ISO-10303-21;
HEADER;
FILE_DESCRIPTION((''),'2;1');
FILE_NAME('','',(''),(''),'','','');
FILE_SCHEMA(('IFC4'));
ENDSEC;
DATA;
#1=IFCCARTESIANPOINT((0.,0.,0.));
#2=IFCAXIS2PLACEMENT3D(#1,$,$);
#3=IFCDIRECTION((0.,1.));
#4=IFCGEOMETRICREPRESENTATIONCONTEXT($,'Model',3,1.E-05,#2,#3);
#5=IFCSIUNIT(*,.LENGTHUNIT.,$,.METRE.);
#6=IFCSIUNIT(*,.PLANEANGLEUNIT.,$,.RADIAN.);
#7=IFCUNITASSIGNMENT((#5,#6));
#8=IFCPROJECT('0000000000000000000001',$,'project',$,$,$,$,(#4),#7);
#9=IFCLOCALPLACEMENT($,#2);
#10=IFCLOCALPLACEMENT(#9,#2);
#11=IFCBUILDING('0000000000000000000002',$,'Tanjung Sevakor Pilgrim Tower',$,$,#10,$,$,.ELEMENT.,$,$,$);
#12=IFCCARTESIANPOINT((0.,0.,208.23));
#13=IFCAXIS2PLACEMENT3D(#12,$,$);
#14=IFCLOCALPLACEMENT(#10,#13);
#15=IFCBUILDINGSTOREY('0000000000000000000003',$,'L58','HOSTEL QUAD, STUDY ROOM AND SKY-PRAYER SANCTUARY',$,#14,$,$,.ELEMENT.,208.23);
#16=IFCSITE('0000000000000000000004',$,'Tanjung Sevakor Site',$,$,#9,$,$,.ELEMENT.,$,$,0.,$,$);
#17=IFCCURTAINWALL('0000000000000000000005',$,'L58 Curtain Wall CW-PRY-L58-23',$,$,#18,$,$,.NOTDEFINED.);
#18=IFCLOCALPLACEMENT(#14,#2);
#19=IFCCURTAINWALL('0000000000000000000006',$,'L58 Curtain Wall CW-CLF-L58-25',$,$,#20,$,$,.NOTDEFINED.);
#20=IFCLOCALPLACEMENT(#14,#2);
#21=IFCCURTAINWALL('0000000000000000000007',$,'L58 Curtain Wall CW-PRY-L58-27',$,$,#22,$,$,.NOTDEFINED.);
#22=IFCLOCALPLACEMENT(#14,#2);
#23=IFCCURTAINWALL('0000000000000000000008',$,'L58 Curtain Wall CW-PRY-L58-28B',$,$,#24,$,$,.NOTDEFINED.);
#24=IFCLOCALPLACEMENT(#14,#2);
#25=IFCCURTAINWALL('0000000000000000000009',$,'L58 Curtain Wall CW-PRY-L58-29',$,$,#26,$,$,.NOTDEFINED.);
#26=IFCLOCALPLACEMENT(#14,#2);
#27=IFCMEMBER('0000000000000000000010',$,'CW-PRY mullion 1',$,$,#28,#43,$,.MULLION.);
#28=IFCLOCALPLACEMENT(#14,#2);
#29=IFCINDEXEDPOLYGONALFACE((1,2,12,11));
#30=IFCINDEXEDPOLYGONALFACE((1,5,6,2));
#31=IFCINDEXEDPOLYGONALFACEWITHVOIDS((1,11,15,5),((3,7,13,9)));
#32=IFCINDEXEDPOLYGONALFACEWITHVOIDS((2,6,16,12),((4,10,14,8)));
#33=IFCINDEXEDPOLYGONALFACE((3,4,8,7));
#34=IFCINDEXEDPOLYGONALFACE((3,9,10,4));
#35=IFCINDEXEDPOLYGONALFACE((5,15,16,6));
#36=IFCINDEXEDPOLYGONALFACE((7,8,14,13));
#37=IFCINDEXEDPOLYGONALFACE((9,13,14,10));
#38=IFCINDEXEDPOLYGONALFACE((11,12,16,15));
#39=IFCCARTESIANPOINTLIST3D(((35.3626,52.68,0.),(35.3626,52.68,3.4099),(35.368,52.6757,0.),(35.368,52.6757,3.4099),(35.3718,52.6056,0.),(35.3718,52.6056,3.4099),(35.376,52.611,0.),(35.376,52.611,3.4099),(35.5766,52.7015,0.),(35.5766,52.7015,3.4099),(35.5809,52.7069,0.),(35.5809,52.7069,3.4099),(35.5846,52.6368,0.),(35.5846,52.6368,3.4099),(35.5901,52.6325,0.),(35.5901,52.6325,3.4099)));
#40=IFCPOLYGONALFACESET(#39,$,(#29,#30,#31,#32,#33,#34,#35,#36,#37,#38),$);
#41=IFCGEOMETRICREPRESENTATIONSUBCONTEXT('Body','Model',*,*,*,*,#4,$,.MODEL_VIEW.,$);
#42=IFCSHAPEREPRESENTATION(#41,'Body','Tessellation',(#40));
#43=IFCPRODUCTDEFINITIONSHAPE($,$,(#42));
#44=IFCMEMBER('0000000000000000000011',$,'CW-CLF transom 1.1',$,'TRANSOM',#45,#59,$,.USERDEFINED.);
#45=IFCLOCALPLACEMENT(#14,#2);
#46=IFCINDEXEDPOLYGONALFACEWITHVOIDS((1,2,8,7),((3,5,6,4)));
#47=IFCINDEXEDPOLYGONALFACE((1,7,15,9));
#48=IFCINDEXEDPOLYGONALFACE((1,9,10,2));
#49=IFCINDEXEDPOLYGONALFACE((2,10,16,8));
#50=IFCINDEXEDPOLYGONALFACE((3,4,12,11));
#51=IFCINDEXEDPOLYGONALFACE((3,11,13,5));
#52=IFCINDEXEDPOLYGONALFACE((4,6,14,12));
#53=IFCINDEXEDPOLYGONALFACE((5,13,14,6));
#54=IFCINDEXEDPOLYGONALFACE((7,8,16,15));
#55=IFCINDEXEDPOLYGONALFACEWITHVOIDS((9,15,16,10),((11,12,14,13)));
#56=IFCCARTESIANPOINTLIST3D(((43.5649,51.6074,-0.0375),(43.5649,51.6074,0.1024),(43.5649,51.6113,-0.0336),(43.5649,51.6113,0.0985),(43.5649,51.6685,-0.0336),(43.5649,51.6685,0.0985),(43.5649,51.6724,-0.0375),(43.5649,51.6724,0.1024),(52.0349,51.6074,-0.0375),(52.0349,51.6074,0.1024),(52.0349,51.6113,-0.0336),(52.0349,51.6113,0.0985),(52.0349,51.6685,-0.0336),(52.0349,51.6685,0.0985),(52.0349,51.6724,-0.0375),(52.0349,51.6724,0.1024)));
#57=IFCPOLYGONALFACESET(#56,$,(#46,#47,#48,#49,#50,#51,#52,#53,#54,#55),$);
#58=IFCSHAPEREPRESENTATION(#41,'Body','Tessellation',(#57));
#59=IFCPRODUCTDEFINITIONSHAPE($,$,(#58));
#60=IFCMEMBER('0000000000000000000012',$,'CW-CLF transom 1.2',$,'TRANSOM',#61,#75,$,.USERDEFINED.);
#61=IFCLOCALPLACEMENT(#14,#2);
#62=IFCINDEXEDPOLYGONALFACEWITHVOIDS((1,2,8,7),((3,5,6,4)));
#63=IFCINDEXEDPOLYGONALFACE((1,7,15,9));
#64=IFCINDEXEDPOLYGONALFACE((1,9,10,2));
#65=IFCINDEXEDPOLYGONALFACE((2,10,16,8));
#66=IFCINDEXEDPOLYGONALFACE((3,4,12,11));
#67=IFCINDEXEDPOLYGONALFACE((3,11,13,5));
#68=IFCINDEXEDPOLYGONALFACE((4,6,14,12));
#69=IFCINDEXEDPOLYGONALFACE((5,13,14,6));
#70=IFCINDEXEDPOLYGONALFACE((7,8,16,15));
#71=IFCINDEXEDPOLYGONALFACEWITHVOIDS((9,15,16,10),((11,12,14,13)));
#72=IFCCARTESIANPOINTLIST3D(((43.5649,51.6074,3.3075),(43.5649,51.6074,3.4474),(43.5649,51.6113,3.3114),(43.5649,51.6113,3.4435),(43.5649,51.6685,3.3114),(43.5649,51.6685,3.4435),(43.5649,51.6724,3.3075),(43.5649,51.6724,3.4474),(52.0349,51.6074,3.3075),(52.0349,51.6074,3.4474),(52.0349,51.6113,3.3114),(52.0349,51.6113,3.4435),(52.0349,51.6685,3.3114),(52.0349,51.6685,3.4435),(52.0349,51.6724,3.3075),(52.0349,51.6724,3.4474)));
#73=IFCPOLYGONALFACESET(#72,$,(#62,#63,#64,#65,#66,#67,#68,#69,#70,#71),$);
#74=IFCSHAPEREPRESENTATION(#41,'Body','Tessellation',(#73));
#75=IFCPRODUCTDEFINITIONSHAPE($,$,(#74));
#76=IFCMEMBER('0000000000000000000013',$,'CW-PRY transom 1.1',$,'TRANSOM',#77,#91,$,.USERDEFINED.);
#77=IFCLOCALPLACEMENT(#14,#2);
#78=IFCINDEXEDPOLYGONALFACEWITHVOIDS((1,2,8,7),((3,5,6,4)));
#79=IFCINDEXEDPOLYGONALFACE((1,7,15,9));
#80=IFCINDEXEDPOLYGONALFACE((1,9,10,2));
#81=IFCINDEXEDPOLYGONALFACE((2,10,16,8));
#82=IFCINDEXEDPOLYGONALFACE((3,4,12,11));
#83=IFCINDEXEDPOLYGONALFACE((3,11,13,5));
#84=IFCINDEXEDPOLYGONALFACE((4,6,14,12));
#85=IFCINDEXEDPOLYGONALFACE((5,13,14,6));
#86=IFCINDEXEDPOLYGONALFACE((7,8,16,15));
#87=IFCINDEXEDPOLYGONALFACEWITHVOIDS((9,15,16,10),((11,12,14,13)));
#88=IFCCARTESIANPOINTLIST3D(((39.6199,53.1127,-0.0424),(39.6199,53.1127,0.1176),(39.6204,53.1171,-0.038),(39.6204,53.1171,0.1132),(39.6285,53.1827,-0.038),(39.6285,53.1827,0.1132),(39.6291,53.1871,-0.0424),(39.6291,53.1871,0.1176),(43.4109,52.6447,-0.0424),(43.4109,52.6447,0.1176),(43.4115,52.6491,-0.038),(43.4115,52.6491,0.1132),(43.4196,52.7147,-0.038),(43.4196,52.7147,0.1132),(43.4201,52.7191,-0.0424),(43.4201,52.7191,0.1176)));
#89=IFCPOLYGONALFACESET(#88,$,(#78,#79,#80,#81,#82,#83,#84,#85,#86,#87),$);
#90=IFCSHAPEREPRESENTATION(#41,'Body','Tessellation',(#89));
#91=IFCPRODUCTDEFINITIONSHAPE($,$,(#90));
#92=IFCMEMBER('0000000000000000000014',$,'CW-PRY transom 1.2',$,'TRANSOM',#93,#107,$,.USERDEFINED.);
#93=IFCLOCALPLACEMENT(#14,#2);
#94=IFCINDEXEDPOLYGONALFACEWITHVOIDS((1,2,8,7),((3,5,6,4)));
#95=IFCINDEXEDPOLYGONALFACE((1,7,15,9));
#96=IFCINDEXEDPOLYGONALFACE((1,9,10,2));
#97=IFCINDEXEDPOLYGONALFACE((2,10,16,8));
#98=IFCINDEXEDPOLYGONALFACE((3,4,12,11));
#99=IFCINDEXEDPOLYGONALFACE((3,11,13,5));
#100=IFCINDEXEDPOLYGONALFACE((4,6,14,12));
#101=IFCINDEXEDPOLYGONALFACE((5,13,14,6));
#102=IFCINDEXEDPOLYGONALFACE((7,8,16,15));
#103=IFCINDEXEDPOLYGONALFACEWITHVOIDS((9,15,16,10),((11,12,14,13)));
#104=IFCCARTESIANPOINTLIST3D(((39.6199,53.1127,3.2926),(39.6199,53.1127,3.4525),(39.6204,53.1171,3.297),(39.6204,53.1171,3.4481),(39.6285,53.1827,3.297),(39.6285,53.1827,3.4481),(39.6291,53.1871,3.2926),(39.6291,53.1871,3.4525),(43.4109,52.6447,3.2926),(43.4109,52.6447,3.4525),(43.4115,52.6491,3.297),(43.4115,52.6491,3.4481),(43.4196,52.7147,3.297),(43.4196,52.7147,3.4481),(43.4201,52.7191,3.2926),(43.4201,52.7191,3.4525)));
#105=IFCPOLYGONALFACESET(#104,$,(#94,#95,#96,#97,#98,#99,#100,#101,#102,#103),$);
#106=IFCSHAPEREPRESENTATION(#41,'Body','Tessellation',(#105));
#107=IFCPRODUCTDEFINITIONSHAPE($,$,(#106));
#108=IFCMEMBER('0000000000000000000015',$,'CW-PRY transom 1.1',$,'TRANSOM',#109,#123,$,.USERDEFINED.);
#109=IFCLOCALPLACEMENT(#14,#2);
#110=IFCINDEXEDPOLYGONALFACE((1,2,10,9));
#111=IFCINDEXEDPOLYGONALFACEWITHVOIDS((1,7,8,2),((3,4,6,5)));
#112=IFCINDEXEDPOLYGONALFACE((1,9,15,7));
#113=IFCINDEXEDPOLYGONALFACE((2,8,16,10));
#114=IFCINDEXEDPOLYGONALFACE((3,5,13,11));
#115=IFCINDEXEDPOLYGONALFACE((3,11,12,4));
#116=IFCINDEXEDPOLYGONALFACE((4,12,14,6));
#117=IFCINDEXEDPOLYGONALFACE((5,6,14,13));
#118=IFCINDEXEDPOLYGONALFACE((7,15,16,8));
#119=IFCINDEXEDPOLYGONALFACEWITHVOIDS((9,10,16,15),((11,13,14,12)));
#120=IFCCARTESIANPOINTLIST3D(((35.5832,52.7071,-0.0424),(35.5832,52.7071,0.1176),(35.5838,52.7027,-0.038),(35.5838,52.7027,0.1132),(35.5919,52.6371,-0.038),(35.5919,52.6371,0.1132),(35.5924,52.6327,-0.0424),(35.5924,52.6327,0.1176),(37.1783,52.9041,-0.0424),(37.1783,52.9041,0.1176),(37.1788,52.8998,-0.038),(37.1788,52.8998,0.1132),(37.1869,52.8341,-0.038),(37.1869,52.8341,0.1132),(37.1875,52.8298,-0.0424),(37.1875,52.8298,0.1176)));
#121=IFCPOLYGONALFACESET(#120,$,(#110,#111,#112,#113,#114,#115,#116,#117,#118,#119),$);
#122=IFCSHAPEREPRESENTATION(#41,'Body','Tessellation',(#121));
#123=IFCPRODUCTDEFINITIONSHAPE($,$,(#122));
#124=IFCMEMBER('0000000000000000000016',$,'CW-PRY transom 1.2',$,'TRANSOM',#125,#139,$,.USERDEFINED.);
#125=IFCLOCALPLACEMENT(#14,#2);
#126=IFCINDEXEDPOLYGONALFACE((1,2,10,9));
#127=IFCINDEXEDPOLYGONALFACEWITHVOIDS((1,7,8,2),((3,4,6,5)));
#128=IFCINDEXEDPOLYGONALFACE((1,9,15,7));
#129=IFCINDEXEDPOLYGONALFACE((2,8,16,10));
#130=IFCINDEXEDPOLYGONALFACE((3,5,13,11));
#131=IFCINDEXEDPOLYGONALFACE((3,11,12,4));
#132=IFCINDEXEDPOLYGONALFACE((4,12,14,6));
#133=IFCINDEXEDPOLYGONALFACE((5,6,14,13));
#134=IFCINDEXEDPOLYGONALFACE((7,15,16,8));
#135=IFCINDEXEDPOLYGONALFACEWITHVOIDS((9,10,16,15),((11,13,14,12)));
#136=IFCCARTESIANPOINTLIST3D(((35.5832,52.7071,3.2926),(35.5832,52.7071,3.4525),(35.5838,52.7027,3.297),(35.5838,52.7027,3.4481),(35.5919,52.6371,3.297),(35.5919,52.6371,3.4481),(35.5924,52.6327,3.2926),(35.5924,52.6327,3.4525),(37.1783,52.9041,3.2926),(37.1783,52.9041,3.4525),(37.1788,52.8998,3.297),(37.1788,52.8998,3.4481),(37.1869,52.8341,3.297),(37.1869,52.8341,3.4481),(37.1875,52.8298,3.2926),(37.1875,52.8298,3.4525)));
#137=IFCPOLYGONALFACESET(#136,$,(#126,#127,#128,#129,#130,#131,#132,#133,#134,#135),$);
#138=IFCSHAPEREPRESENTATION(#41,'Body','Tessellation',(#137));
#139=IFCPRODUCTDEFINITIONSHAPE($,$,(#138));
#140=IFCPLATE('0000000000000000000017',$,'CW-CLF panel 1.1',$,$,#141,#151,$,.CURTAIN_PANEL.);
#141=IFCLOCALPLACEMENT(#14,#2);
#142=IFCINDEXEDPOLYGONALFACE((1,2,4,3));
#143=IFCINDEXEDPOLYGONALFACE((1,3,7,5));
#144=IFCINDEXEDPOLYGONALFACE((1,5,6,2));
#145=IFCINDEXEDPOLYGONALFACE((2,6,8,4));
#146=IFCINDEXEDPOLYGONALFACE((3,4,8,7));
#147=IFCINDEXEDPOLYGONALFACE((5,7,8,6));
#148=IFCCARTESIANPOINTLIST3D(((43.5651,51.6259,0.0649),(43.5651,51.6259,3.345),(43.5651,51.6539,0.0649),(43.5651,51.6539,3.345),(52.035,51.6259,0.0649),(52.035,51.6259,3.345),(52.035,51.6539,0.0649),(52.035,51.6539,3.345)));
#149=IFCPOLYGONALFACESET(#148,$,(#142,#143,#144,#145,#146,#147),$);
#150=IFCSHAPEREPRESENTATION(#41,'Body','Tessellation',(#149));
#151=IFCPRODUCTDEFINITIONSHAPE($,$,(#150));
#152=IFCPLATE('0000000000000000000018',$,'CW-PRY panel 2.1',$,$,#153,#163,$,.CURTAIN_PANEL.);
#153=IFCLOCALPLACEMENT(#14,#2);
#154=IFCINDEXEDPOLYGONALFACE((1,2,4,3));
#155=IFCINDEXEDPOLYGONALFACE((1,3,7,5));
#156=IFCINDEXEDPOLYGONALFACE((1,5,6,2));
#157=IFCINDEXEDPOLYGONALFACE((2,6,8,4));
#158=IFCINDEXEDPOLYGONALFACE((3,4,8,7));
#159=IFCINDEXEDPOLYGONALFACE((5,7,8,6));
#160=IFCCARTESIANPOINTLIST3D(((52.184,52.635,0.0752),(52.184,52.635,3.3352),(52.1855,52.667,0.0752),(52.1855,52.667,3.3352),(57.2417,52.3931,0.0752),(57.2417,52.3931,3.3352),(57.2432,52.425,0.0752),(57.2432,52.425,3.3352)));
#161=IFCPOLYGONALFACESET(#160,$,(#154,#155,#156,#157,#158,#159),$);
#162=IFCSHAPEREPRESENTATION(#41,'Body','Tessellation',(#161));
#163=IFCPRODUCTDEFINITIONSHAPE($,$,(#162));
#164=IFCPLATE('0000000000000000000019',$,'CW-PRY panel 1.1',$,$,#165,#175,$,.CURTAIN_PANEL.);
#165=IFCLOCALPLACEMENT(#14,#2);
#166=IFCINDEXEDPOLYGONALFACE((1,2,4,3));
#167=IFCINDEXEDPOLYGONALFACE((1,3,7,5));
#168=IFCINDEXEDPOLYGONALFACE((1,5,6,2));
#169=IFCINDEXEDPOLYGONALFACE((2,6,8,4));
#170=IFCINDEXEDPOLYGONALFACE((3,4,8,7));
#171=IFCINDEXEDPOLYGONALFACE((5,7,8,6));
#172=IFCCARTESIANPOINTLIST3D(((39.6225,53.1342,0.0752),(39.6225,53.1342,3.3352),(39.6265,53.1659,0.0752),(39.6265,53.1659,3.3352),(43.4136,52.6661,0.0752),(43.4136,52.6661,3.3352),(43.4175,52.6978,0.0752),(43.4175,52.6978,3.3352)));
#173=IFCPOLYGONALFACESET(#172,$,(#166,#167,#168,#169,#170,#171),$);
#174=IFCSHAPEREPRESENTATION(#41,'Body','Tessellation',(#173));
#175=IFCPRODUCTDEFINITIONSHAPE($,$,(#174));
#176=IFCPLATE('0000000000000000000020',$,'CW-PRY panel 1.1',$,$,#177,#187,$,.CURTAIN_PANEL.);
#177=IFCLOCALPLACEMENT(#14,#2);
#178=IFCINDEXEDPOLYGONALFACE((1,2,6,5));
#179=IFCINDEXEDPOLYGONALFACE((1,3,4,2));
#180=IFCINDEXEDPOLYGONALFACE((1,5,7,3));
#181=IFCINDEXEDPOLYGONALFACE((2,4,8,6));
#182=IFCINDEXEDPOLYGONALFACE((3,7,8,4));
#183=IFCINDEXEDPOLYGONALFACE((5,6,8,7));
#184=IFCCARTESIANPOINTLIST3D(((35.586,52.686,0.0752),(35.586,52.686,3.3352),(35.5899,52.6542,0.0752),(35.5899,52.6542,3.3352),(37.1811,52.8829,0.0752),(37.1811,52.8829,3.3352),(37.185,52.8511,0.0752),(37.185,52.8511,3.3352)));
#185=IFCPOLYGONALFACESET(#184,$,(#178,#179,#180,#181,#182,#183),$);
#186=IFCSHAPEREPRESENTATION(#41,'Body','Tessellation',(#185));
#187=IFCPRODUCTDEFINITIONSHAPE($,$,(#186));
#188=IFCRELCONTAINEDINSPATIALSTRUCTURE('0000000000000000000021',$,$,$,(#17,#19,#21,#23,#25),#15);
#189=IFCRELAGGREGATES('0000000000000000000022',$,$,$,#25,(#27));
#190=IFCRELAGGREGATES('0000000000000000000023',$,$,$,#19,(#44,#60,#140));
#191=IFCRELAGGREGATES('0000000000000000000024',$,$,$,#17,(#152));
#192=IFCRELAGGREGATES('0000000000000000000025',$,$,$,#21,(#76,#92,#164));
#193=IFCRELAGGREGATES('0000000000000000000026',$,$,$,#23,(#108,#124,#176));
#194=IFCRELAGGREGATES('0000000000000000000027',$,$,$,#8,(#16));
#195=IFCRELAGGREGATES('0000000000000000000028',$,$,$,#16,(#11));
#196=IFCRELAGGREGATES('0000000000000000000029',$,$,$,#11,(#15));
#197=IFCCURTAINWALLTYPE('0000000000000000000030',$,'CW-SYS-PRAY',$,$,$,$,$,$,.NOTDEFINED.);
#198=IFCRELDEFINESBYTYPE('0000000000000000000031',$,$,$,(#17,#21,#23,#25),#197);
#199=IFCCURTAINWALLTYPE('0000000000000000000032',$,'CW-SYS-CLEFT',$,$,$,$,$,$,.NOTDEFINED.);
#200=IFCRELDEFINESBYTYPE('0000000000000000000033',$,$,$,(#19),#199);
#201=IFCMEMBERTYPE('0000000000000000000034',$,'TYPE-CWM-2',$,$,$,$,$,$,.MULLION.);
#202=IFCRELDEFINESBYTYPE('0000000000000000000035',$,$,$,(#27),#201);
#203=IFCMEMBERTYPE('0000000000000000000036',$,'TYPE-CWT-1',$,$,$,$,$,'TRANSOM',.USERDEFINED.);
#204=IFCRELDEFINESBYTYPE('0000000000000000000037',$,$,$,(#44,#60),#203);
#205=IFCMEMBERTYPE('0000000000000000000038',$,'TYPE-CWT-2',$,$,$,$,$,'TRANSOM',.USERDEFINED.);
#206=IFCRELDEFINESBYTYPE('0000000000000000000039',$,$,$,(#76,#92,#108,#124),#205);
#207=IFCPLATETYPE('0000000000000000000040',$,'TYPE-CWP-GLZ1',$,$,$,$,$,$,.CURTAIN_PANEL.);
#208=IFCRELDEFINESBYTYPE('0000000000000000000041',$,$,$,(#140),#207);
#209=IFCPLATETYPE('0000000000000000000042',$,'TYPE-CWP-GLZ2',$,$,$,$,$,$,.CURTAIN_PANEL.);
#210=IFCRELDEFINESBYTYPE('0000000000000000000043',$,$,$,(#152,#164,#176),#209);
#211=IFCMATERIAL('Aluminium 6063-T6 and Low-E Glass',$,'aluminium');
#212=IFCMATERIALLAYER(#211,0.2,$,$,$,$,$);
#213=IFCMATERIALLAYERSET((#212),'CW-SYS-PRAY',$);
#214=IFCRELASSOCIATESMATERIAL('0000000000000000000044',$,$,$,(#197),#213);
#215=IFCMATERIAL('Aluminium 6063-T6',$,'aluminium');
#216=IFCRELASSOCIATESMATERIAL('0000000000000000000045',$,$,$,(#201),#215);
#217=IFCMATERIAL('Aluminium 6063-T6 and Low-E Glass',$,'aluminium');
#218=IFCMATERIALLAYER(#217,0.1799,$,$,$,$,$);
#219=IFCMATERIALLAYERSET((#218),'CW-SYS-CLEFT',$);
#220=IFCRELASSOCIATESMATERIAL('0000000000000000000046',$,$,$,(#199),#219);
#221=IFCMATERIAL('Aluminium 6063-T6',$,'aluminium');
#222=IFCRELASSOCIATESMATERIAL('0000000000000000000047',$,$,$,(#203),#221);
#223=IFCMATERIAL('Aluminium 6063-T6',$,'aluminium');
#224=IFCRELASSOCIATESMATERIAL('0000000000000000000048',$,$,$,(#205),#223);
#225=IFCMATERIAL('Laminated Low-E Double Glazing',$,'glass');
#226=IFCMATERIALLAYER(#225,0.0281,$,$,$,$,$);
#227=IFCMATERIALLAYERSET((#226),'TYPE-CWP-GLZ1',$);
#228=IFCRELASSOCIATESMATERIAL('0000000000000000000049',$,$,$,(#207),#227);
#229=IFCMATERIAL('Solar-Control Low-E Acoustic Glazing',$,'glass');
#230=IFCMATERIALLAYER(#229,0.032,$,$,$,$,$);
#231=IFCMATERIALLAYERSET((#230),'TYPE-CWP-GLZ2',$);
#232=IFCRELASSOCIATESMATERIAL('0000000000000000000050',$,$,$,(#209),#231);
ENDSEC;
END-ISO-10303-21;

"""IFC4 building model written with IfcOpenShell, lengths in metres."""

from ifc_helpers import new_model, si_unit, direction, frame, origin, origin_2d, place, context, subcontext, project, spatial, rectangle, hollow_rectangle, extrude, material, layer, layer_set, material_profile, profile_set, type_object, element, aggregate, save


model = new_model("IFC4")

# Units and contexts
model_context = context("Model", 3, precision=1e-05, world=origin(), true_north=direction((0.0, 1.0)))
body_context = subcontext(model_context, "Body", "Model", "MODEL_VIEW")
ifc_project = project(units=[si_unit("LENGTHUNIT", "METRE"), si_unit("PLANEANGLEUNIT", "RADIAN")], contexts=[model_context])

# Site, building, storey
site_placement = place(None, origin())
site = spatial("IfcSite", under=ifc_project, at=site_placement, Name="Tanjung Sevakor Site", CompositionType="ELEMENT", RefElevation=0.0)
building_placement = place(site_placement, origin())
building = spatial("IfcBuilding", under=site, at=building_placement, Name="Tanjung Sevakor Pilgrim Tower", CompositionType="ELEMENT")
storey_placement = place(building_placement, frame((0.0, 0.0, 208.23)))
storey = spatial("IfcBuildingStorey", under=building, at=storey_placement, Name="L58", Description="HOSTEL QUAD, STUDY ROOM AND SKY-PRAYER SANCTUARY", CompositionType="ELEMENT", Elevation=208.23)

# Curtain wall
ifc_material_1 = material(Name="Aluminium 6063-T6 and Low-E Glass", Category="aluminium")
ifc_layer_1 = layer(ifc_material_1, 0.2)
ifc_layer_set_1 = layer_set([ifc_layer_1], Name="CW-SYS-PRAY")
curtain_wall_type_1 = type_object("IfcCurtainWallType", Name="CW-SYS-PRAY", PredefinedType="NOTDEFINED", material=ifc_layer_set_1)
curtain_wall_1_placement = place(storey_placement, origin())
curtain_wall_1 = element("IfcCurtainWall", 1, at=curtain_wall_1_placement, inside=storey, type_object=curtain_wall_type_1, Name="L58 Curtain Wall CW-PRY-L58-23", PredefinedType="NOTDEFINED")
ifc_material_2 = material(Name="Aluminium 6063-T6", Category="aluminium")
ifc_material_profile_1 = material_profile(ifc_material_2, hollow_rectangle(XDim=0.075, YDim=0.22, WallThickness=0.0049, at=origin_2d()))
ifc_profile_set_1 = profile_set([ifc_material_profile_1], Name="Aluminium 6063-T6")
member_type_1 = type_object("IfcMemberType", Name="TYPE-CWM-2", PredefinedType="MULLION", material=ifc_profile_set_1)

# Curtain walls
ifc_material_3 = material(Name="Aluminium 6063-T6 and Low-E Glass", Category="aluminium")
ifc_layer_2 = layer(ifc_material_3, 0.1799)
ifc_layer_set_2 = layer_set([ifc_layer_2], Name="CW-SYS-CLEFT")
curtain_wall_type_2 = type_object("IfcCurtainWallType", Name="CW-SYS-CLEFT", PredefinedType="NOTDEFINED", material=ifc_layer_set_2)
curtain_wall_2_placement = place(storey_placement, origin())
curtain_wall_2 = element("IfcCurtainWall", 2, at=curtain_wall_2_placement, inside=storey, type_object=curtain_wall_type_2, Name="L58 Curtain Wall CW-CLF-L58-25", PredefinedType="NOTDEFINED")
curtain_wall_3_placement = place(storey_placement, origin())
curtain_wall_3 = element("IfcCurtainWall", 3, at=curtain_wall_3_placement, inside=storey, type_object=curtain_wall_type_1, Name="L58 Curtain Wall CW-PRY-L58-27", PredefinedType="NOTDEFINED")
curtain_wall_4_placement = place(storey_placement, origin())
curtain_wall_4 = element("IfcCurtainWall", 4, at=curtain_wall_4_placement, inside=storey, type_object=curtain_wall_type_1, Name="L58 Curtain Wall CW-PRY-L58-28B", PredefinedType="NOTDEFINED")

# Curtain wall, member
curtain_wall_5_placement = place(storey_placement, origin())
curtain_wall_5 = element("IfcCurtainWall", 5, at=curtain_wall_5_placement, inside=storey, type_object=curtain_wall_type_1, Name="L58 Curtain Wall CW-PRY-L58-29", PredefinedType="NOTDEFINED")
member_1_placement = place(storey_placement, frame((35.4763, 52.6562, 0.0), z_axis=(0.0, 0.0, 1.0), x_axis=(0.122511, -0.992467, 0.0)))
member_1 = element("IfcMember", 6, at=member_1_placement, type_object=member_type_1, Name="CW-PRY mullion 1", PredefinedType="MULLION", context=body_context, shape_type="SweptSolid", body=[
    extrude(hollow_rectangle(XDim=0.075, YDim=0.22, WallThickness=0.0049, at=origin_2d()), origin(), (0.0, 0.0, 1.0), 3.4099),
])
aggregate(curtain_wall_5, [member_1])

# Members
ifc_material_4 = material(Name="Aluminium 6063-T6", Category="aluminium")
ifc_material_profile_2 = material_profile(ifc_material_4, hollow_rectangle(XDim=0.0649, YDim=0.1399, WallThickness=0.0039, at=origin_2d()))
ifc_profile_set_2 = profile_set([ifc_material_profile_2], Name="Aluminium 6063-T6")
member_type_2 = type_object("IfcMemberType", Name="TYPE-CWT-1", ElementType="TRANSOM", PredefinedType="USERDEFINED", material=ifc_profile_set_2)
member_2_placement = place(storey_placement, frame((52.0349, 51.6399, 0.0325), z_axis=(-1.0, 0.0, 0.0), x_axis=(0.0, -1.0, 0.0)))
member_2 = element("IfcMember", 7, at=member_2_placement, type_object=member_type_2, Name="CW-CLF transom 1.1", ObjectType="TRANSOM", PredefinedType="USERDEFINED", context=body_context, shape_type="SweptSolid", body=[
    extrude(hollow_rectangle(XDim=0.0649, YDim=0.1399, WallThickness=0.0039, at=origin_2d()), origin(), (0.0, 0.0, 1.0), 8.47),
])
member_3_placement = place(storey_placement, frame((52.0349, 51.6399, 3.3774), z_axis=(-1.0, 0.0, 0.0), x_axis=(0.0, -1.0, 0.0)))
member_3 = element("IfcMember", 8, at=member_3_placement, type_object=member_type_2, Name="CW-CLF transom 1.2", ObjectType="TRANSOM", PredefinedType="USERDEFINED", context=body_context, shape_type="SweptSolid", body=[
    extrude(hollow_rectangle(XDim=0.0649, YDim=0.1399, WallThickness=0.0039, at=origin_2d()), origin(), (0.0, 0.0, 1.0), 8.47),
])
ifc_material_5 = material(Name="Aluminium 6063-T6", Category="aluminium")
ifc_material_profile_3 = material_profile(ifc_material_5, hollow_rectangle(XDim=0.075, YDim=0.1599, WallThickness=0.0044, at=origin_2d()))
ifc_profile_set_3 = profile_set([ifc_material_profile_3], Name="Aluminium 6063-T6")
member_type_3 = type_object("IfcMemberType", Name="TYPE-CWT-2", ElementType="TRANSOM", PredefinedType="USERDEFINED", material=ifc_profile_set_3)
member_4_placement = place(storey_placement, frame((43.4155, 52.6819, 0.0376), z_axis=(-0.992466, 0.122524, 0.0), x_axis=(-0.122524, -0.992466, 0.0)))
member_4 = element("IfcMember", 9, at=member_4_placement, type_object=member_type_3, Name="CW-PRY transom 1.1", ObjectType="TRANSOM", PredefinedType="USERDEFINED", context=body_context, shape_type="SweptSolid", body=[
    extrude(hollow_rectangle(XDim=0.075, YDim=0.1599, WallThickness=0.0044, at=origin_2d()), origin(), (0.0, 0.0, 1.0), 3.8198),
])
member_5_placement = place(storey_placement, frame((43.4155, 52.6819, 3.3726), z_axis=(-0.992466, 0.122524, 0.0), x_axis=(-0.122524, -0.992466, 0.0)))
member_5 = element("IfcMember", 10, at=member_5_placement, type_object=member_type_3, Name="CW-PRY transom 1.2", ObjectType="TRANSOM", PredefinedType="USERDEFINED", context=body_context, shape_type="SweptSolid", body=[
    extrude(hollow_rectangle(XDim=0.075, YDim=0.1599, WallThickness=0.0044, at=origin_2d()), origin(), (0.0, 0.0, 1.0), 3.8198),
])
member_6_placement = place(storey_placement, frame((37.1829, 52.8669, 0.0376), z_axis=(-0.992457, -0.122595, 0.0), x_axis=(0.122595, -0.992457, 0.0)))
member_6 = element("IfcMember", 11, at=member_6_placement, type_object=member_type_3, Name="CW-PRY transom 1.1", ObjectType="TRANSOM", PredefinedType="USERDEFINED", context=body_context, shape_type="SweptSolid", body=[
    extrude(hollow_rectangle(XDim=0.075, YDim=0.1599, WallThickness=0.0044, at=origin_2d()), origin(), (0.0, 0.0, 1.0), 1.6072),
])
member_7_placement = place(storey_placement, frame((37.1829, 52.8669, 3.3726), z_axis=(-0.992457, -0.122595, 0.0), x_axis=(0.122595, -0.992457, 0.0)))
member_7 = element("IfcMember", 12, at=member_7_placement, type_object=member_type_3, Name="CW-PRY transom 1.2", ObjectType="TRANSOM", PredefinedType="USERDEFINED", context=body_context, shape_type="SweptSolid", body=[
    extrude(hollow_rectangle(XDim=0.075, YDim=0.1599, WallThickness=0.0044, at=origin_2d()), origin(), (0.0, 0.0, 1.0), 1.6072),
])

# Plates
ifc_material_6 = material(Name="Laminated Low-E Double Glazing", Category="glass")
ifc_layer_3 = layer(ifc_material_6, 0.0281)
ifc_layer_set_3 = layer_set([ifc_layer_3], Name="TYPE-CWP-GLZ1")
plate_type_1 = type_object("IfcPlateType", Name="TYPE-CWP-GLZ1", PredefinedType="CURTAIN_PANEL", material=ifc_layer_set_3)
plate_1_placement = place(storey_placement, frame((47.8, 51.6399, 0.0649), z_axis=(0.0, 0.0, 1.0), x_axis=(-1.0, 0.0, 0.0)))
plate_1 = element("IfcPlate", 13, at=plate_1_placement, type_object=plate_type_1, Name="CW-CLF panel 1.1", PredefinedType="CURTAIN_PANEL", context=body_context, shape_type="SweptSolid", body=[
    extrude(rectangle(XDim=8.47, YDim=0.0281, at=origin_2d()), origin(), (0.0, 0.0, 1.0), 3.28),
])
aggregate(curtain_wall_2, [member_2, member_3, plate_1])
ifc_material_7 = material(Name="Solar-Control Low-E Acoustic Glazing", Category="glass")
ifc_layer_4 = layer(ifc_material_7, 0.032)
ifc_layer_set_4 = layer_set([ifc_layer_4], Name="TYPE-CWP-GLZ2")
plate_type_2 = type_object("IfcPlateType", Name="TYPE-CWP-GLZ2", PredefinedType="CURTAIN_PANEL", material=ifc_layer_set_4)
plate_2_placement = place(storey_placement, frame((54.7136, 52.53, 0.0752), z_axis=(0.0, 0.0, 1.0), x_axis=(-0.998857, 0.047789, 0.0)))
plate_2 = element("IfcPlate", 14, at=plate_2_placement, type_object=plate_type_2, Name="CW-PRY panel 2.1", PredefinedType="CURTAIN_PANEL", context=body_context, shape_type="SweptSolid", body=[
    extrude(rectangle(XDim=5.0635, YDim=0.032, at=origin_2d()), origin(), (0.0, 0.0, 1.0), 3.26),
])
aggregate(curtain_wall_1, [plate_2])
plate_3_placement = place(storey_placement, frame((41.52, 52.916, 0.0752), z_axis=(0.0, 0.0, 1.0), x_axis=(-0.992463, 0.122546, 0.0)))
plate_3 = element("IfcPlate", 15, at=plate_3_placement, type_object=plate_type_2, Name="CW-PRY panel 1.1", PredefinedType="CURTAIN_PANEL", context=body_context, shape_type="SweptSolid", body=[
    extrude(rectangle(XDim=3.8198, YDim=0.032, at=origin_2d()), origin(), (0.0, 0.0, 1.0), 3.26),
])
aggregate(curtain_wall_3, [member_4, member_5, plate_3])
plate_4_placement = place(storey_placement, frame((36.3855, 52.7686, 0.0752), z_axis=(0.0, 0.0, 1.0), x_axis=(-0.992465, -0.122529, 0.0)))
plate_4 = element("IfcPlate", 16, at=plate_4_placement, type_object=plate_type_2, Name="CW-PRY panel 1.1", PredefinedType="CURTAIN_PANEL", context=body_context, shape_type="SweptSolid", body=[
    extrude(rectangle(XDim=1.6072, YDim=0.032, at=origin_2d()), origin(), (0.0, 0.0, 1.0), 3.26),
])
aggregate(curtain_wall_4, [member_6, member_7, plate_4])

save(model, "model.ifc")
